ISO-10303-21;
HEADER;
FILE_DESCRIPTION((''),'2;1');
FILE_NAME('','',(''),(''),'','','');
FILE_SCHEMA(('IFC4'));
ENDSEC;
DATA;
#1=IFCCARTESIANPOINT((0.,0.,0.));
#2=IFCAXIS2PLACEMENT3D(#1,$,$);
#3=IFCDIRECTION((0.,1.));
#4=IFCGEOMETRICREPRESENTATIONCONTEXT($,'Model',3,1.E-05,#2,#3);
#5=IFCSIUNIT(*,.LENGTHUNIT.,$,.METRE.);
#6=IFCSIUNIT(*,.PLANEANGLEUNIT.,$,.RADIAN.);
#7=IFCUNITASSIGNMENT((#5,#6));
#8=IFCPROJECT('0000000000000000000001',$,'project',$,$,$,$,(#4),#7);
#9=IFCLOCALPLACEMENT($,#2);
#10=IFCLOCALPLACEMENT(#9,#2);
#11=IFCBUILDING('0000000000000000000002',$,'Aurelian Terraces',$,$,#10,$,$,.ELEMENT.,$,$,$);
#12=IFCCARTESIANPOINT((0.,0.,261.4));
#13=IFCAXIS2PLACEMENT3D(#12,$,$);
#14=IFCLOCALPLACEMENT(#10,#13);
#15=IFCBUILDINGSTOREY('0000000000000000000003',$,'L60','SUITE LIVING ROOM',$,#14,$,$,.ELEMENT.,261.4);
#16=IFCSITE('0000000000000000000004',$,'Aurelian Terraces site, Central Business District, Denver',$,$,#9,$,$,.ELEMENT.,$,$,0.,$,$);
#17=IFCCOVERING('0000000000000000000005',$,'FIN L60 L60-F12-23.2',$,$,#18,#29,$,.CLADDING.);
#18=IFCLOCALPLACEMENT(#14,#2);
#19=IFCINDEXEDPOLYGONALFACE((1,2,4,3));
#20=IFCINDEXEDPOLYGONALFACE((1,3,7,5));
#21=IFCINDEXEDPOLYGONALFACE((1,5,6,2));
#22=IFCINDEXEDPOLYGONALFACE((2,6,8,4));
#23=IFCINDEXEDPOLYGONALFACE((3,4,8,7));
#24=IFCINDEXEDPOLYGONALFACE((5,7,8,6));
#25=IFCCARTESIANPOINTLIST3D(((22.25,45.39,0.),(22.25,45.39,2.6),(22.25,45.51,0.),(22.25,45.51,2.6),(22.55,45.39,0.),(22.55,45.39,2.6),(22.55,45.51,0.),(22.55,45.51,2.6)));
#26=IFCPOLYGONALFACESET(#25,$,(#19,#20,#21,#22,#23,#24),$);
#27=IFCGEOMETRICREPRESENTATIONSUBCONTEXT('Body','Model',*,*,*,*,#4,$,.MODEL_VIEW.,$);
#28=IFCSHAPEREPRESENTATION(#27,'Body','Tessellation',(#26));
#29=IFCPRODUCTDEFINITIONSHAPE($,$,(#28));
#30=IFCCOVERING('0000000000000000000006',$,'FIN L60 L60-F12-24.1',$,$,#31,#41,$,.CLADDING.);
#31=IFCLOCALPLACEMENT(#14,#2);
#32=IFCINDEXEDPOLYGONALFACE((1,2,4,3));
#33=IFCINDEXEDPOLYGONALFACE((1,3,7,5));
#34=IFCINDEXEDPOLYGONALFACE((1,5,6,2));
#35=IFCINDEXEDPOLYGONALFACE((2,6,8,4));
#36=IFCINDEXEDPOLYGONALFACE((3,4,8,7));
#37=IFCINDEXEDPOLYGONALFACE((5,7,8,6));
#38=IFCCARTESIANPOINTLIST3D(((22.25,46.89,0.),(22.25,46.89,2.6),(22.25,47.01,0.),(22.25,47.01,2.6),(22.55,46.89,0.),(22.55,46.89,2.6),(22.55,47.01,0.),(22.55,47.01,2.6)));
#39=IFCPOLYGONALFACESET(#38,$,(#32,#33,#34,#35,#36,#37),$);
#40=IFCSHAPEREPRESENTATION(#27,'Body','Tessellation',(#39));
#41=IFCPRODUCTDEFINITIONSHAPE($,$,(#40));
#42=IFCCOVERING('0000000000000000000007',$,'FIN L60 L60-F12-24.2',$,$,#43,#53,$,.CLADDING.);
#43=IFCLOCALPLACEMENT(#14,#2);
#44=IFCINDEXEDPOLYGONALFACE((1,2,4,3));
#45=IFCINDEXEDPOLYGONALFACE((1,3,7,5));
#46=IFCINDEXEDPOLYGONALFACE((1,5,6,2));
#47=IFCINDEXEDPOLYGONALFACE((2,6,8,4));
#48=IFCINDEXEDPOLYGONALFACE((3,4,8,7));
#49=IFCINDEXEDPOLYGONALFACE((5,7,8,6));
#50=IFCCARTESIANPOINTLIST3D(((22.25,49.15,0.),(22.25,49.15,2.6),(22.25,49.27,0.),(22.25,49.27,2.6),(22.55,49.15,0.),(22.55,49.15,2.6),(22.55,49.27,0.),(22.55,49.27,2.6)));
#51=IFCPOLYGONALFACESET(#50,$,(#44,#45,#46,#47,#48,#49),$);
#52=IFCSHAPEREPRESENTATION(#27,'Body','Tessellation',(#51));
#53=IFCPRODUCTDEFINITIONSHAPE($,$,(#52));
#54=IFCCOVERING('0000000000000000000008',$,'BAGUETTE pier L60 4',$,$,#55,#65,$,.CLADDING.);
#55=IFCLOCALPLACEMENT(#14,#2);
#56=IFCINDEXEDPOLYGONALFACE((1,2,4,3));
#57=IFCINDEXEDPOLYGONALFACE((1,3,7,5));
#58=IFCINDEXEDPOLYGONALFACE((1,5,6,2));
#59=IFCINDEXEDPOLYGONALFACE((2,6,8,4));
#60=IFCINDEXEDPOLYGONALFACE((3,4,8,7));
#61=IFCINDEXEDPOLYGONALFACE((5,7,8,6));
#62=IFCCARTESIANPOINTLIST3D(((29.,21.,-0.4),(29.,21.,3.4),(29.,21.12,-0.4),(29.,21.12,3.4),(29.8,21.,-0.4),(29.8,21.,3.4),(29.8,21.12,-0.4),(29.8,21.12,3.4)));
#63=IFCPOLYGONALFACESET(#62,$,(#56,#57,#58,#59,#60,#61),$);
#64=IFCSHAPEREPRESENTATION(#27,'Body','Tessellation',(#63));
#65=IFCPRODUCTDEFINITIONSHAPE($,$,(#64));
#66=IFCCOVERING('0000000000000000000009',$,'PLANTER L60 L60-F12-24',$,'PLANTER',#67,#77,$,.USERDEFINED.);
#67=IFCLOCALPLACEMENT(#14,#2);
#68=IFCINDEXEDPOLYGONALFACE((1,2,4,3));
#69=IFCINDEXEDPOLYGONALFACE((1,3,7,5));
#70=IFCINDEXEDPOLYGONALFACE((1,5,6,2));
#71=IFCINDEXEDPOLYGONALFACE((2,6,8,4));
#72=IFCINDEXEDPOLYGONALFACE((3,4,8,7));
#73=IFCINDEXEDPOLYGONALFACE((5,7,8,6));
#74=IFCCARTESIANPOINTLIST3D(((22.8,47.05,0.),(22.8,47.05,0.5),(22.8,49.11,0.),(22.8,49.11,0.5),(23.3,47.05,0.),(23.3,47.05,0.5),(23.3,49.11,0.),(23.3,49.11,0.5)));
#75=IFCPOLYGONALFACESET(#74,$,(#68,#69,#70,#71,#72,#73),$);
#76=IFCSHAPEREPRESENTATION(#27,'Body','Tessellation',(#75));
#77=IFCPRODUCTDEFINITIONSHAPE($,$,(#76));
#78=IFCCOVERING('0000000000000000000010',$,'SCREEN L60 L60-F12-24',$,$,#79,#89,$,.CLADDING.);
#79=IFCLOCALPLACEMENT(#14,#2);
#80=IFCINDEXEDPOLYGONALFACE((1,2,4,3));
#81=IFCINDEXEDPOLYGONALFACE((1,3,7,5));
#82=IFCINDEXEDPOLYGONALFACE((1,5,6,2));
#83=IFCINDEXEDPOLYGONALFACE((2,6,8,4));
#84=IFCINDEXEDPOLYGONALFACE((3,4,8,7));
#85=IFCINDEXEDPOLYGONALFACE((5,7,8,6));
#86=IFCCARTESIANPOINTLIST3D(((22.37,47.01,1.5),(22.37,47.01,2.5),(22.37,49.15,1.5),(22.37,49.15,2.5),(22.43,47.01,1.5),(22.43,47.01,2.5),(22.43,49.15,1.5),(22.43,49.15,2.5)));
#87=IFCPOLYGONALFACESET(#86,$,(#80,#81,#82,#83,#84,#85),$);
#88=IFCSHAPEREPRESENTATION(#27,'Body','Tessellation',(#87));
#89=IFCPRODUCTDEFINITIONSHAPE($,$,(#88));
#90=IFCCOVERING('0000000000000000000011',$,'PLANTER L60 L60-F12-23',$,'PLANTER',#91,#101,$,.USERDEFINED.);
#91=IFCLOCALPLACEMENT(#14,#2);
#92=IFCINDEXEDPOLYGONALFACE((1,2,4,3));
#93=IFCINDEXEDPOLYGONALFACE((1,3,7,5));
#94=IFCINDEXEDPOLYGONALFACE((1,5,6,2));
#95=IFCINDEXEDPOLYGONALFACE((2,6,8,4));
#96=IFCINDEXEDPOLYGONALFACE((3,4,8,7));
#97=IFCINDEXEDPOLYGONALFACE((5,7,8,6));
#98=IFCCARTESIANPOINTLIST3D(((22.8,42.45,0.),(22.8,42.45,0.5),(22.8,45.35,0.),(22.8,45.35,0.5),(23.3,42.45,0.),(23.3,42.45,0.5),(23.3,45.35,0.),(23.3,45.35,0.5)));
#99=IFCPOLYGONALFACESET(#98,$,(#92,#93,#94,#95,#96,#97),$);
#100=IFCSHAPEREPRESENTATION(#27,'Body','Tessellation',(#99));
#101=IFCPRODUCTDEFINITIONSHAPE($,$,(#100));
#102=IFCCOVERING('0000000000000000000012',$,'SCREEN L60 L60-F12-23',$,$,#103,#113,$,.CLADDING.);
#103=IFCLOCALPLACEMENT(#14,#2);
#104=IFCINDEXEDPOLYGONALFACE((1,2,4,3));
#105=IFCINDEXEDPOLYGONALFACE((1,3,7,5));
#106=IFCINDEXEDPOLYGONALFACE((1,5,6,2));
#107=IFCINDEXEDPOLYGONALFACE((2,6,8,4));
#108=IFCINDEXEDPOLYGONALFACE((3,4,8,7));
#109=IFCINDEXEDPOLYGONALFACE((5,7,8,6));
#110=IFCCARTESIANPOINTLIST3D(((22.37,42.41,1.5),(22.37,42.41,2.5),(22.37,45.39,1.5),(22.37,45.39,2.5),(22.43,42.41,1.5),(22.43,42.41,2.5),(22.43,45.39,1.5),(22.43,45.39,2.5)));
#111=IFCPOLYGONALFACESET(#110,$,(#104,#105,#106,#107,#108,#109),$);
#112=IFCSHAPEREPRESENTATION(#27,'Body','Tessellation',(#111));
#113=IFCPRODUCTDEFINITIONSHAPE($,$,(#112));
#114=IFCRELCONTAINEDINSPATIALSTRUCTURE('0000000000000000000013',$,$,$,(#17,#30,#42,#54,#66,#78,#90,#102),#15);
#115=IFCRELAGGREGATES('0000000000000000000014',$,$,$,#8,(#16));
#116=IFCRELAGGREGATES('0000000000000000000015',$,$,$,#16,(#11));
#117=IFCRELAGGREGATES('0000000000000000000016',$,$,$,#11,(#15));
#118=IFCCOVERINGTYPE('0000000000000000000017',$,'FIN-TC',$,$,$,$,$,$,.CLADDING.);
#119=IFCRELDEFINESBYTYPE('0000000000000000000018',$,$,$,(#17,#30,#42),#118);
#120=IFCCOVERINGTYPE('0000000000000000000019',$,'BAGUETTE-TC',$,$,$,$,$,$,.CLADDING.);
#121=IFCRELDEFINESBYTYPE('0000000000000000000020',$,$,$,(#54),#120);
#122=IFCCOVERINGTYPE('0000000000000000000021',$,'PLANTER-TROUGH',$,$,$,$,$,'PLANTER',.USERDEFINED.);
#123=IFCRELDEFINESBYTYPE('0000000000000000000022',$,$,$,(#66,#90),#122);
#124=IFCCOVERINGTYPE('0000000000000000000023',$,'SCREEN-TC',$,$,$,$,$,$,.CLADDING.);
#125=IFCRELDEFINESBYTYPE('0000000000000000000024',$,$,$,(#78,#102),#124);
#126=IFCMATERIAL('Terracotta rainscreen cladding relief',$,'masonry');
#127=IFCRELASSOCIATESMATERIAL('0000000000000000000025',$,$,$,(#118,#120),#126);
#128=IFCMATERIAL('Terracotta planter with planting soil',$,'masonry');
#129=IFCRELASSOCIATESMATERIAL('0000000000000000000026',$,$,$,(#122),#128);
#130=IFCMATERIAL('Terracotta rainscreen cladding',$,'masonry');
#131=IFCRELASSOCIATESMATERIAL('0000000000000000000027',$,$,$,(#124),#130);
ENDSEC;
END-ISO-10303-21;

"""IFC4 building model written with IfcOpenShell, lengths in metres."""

from ifc_helpers import new_model, si_unit, direction, frame, origin, origin_2d, place, context, subcontext, project, spatial, rectangle, extrude, source, transform, mapped, material, type_object, element, save


model = new_model("IFC4")

# Units and contexts
model_context = context("Model", 3, precision=1e-05, world=origin(), true_north=direction((0.0, 1.0)))
body_context = subcontext(model_context, "Body", "Model", "MODEL_VIEW")
ifc_project = project(units=[si_unit("LENGTHUNIT", "METRE"), si_unit("PLANEANGLEUNIT", "RADIAN")], contexts=[model_context])

# Site, building, storey
site_placement = place(None, origin())
site = spatial("IfcSite", under=ifc_project, at=site_placement, Name="Aurelian Terraces site, Central Business District, Denver", CompositionType="ELEMENT", RefElevation=0.0)
building_placement = place(site_placement, origin())
building = spatial("IfcBuilding", under=site, at=building_placement, Name="Aurelian Terraces", CompositionType="ELEMENT")
storey_placement = place(building_placement, frame((0.0, 0.0, 261.4)))
storey = spatial("IfcBuildingStorey", under=building, at=storey_placement, Name="L60", Description="SUITE LIVING ROOM", CompositionType="ELEMENT", Elevation=261.4)

# Shared definitions
ifc_material_1 = material(Name="Terracotta rainscreen cladding", Category="masonry")

# Coverings
ifc_material_2 = material(Name="Terracotta rainscreen cladding relief", Category="masonry")
covering_type_1 = type_object("IfcCoveringType", Name="FIN-TC", PredefinedType="CLADDING", material=ifc_material_2)
shared_shape_1 = source(origin(), body_context, "Body", "SweptSolid", [
    extrude(rectangle(XDim=0.3, YDim=0.12, at=origin_2d()), origin(), (0.0, 0.0, 1.0), 2.6),
])
for number, where, z_axis, x_axis, name in (
    (1, (22.4, 45.45, 0.0), (0.0, 0.0, 1.0), (1.0, 0.0, 0.0), "FIN L60 L60-F12-23.2"),
    (2, (22.4, 46.95, 0.0), (0.0, 0.0, 1.0), (1.0, 0.0, 0.0), "FIN L60 L60-F12-24.1"),
    (3, (22.4, 49.21, 0.0), (0.0, 0.0, 1.0), (1.0, 0.0, 0.0), "FIN L60 L60-F12-24.2"),
):
    element("IfcCovering", number, at=place(storey_placement, frame(where, z_axis=z_axis, x_axis=x_axis)), inside=storey, type_object=covering_type_1, Name=name, PredefinedType="CLADDING", context=body_context, shape_type="MappedRepresentation", body=[
        mapped(shared_shape_1, transform((0.0, 0.0, 0.0), scale=1.0)),
    ])
covering_type_2 = type_object("IfcCoveringType", Name="BAGUETTE-TC", PredefinedType="CLADDING", material=ifc_material_2)
shared_shape_2 = source(origin(), body_context, "Body", "SweptSolid", [
    extrude(rectangle(XDim=0.8, YDim=0.12, at=origin_2d()), origin(), (0.0, 0.0, 1.0), 3.8),
])
covering_1_placement = place(storey_placement, frame((29.4, 21.06, -0.4), z_axis=(0.0, 0.0, 1.0), x_axis=(1.0, 0.0, 0.0)))
element("IfcCovering", 4, at=covering_1_placement, inside=storey, type_object=covering_type_2, Name="BAGUETTE pier L60 4", PredefinedType="CLADDING", context=body_context, shape_type="MappedRepresentation", body=[
    mapped(shared_shape_2, transform((0.0, 0.0, 0.0), scale=1.0)),
])

# Coverings
ifc_material_3 = material(Name="Terracotta planter with planting soil", Category="masonry")
covering_type_3 = type_object("IfcCoveringType", Name="PLANTER-TROUGH", ElementType="PLANTER", PredefinedType="USERDEFINED", material=ifc_material_3)
shared_shape_3 = source(origin(), body_context, "Body", "SweptSolid", [
    extrude(rectangle(XDim=0.5, YDim=2.06, at=origin_2d()), origin(), (0.0, 0.0, 1.0), 0.5),
])
covering_2_placement = place(storey_placement, frame((23.05, 48.08, 0.0), z_axis=(0.0, 0.0, 1.0), x_axis=(1.0, 0.0, 0.0)))
element("IfcCovering", 5, at=covering_2_placement, inside=storey, type_object=covering_type_3, Name="PLANTER L60 L60-F12-24", ObjectType="PLANTER", PredefinedType="USERDEFINED", context=body_context, shape_type="MappedRepresentation", body=[
    mapped(shared_shape_3, transform((0.0, 0.0, 0.0), scale=1.0)),
])
covering_type_4 = type_object("IfcCoveringType", Name="SCREEN-TC", PredefinedType="CLADDING", material=ifc_material_1)
shared_shape_4 = source(origin(), body_context, "Body", "SweptSolid", [
    extrude(rectangle(XDim=0.06, YDim=2.14, at=origin_2d()), origin(), (0.0, 0.0, 1.0), 1.0),
])
covering_3_placement = place(storey_placement, frame((22.4, 48.08, 1.5), z_axis=(0.0, 0.0, 1.0), x_axis=(1.0, 0.0, 0.0)))
element("IfcCovering", 6, at=covering_3_placement, inside=storey, type_object=covering_type_4, Name="SCREEN L60 L60-F12-24", PredefinedType="CLADDING", context=body_context, shape_type="MappedRepresentation", body=[
    mapped(shared_shape_4, transform((0.0, 0.0, 0.0), scale=1.0)),
])

# Coverings
shared_shape_5 = source(origin(), body_context, "Body", "SweptSolid", [
    extrude(rectangle(XDim=0.5, YDim=2.9, at=origin_2d()), origin(), (0.0, 0.0, 1.0), 0.5),
])
covering_4_placement = place(storey_placement, frame((23.05, 43.9, 0.0), z_axis=(0.0, 0.0, 1.0), x_axis=(1.0, 0.0, 0.0)))
element("IfcCovering", 7, at=covering_4_placement, inside=storey, type_object=covering_type_3, Name="PLANTER L60 L60-F12-23", ObjectType="PLANTER", PredefinedType="USERDEFINED", context=body_context, shape_type="MappedRepresentation", body=[
    mapped(shared_shape_5, transform((0.0, 0.0, 0.0), scale=1.0)),
])
shared_shape_6 = source(origin(), body_context, "Body", "SweptSolid", [
    extrude(rectangle(XDim=0.06, YDim=2.98, at=origin_2d()), origin(), (0.0, 0.0, 1.0), 1.0),
])
covering_5_placement = place(storey_placement, frame((22.4, 43.9, 1.5), z_axis=(0.0, 0.0, 1.0), x_axis=(1.0, 0.0, 0.0)))
element("IfcCovering", 8, at=covering_5_placement, inside=storey, type_object=covering_type_4, Name="SCREEN L60 L60-F12-23", PredefinedType="CLADDING", context=body_context, shape_type="MappedRepresentation", body=[
    mapped(shared_shape_6, transform((0.0, 0.0, 0.0), scale=1.0)),
])

save(model, "model.ifc")
